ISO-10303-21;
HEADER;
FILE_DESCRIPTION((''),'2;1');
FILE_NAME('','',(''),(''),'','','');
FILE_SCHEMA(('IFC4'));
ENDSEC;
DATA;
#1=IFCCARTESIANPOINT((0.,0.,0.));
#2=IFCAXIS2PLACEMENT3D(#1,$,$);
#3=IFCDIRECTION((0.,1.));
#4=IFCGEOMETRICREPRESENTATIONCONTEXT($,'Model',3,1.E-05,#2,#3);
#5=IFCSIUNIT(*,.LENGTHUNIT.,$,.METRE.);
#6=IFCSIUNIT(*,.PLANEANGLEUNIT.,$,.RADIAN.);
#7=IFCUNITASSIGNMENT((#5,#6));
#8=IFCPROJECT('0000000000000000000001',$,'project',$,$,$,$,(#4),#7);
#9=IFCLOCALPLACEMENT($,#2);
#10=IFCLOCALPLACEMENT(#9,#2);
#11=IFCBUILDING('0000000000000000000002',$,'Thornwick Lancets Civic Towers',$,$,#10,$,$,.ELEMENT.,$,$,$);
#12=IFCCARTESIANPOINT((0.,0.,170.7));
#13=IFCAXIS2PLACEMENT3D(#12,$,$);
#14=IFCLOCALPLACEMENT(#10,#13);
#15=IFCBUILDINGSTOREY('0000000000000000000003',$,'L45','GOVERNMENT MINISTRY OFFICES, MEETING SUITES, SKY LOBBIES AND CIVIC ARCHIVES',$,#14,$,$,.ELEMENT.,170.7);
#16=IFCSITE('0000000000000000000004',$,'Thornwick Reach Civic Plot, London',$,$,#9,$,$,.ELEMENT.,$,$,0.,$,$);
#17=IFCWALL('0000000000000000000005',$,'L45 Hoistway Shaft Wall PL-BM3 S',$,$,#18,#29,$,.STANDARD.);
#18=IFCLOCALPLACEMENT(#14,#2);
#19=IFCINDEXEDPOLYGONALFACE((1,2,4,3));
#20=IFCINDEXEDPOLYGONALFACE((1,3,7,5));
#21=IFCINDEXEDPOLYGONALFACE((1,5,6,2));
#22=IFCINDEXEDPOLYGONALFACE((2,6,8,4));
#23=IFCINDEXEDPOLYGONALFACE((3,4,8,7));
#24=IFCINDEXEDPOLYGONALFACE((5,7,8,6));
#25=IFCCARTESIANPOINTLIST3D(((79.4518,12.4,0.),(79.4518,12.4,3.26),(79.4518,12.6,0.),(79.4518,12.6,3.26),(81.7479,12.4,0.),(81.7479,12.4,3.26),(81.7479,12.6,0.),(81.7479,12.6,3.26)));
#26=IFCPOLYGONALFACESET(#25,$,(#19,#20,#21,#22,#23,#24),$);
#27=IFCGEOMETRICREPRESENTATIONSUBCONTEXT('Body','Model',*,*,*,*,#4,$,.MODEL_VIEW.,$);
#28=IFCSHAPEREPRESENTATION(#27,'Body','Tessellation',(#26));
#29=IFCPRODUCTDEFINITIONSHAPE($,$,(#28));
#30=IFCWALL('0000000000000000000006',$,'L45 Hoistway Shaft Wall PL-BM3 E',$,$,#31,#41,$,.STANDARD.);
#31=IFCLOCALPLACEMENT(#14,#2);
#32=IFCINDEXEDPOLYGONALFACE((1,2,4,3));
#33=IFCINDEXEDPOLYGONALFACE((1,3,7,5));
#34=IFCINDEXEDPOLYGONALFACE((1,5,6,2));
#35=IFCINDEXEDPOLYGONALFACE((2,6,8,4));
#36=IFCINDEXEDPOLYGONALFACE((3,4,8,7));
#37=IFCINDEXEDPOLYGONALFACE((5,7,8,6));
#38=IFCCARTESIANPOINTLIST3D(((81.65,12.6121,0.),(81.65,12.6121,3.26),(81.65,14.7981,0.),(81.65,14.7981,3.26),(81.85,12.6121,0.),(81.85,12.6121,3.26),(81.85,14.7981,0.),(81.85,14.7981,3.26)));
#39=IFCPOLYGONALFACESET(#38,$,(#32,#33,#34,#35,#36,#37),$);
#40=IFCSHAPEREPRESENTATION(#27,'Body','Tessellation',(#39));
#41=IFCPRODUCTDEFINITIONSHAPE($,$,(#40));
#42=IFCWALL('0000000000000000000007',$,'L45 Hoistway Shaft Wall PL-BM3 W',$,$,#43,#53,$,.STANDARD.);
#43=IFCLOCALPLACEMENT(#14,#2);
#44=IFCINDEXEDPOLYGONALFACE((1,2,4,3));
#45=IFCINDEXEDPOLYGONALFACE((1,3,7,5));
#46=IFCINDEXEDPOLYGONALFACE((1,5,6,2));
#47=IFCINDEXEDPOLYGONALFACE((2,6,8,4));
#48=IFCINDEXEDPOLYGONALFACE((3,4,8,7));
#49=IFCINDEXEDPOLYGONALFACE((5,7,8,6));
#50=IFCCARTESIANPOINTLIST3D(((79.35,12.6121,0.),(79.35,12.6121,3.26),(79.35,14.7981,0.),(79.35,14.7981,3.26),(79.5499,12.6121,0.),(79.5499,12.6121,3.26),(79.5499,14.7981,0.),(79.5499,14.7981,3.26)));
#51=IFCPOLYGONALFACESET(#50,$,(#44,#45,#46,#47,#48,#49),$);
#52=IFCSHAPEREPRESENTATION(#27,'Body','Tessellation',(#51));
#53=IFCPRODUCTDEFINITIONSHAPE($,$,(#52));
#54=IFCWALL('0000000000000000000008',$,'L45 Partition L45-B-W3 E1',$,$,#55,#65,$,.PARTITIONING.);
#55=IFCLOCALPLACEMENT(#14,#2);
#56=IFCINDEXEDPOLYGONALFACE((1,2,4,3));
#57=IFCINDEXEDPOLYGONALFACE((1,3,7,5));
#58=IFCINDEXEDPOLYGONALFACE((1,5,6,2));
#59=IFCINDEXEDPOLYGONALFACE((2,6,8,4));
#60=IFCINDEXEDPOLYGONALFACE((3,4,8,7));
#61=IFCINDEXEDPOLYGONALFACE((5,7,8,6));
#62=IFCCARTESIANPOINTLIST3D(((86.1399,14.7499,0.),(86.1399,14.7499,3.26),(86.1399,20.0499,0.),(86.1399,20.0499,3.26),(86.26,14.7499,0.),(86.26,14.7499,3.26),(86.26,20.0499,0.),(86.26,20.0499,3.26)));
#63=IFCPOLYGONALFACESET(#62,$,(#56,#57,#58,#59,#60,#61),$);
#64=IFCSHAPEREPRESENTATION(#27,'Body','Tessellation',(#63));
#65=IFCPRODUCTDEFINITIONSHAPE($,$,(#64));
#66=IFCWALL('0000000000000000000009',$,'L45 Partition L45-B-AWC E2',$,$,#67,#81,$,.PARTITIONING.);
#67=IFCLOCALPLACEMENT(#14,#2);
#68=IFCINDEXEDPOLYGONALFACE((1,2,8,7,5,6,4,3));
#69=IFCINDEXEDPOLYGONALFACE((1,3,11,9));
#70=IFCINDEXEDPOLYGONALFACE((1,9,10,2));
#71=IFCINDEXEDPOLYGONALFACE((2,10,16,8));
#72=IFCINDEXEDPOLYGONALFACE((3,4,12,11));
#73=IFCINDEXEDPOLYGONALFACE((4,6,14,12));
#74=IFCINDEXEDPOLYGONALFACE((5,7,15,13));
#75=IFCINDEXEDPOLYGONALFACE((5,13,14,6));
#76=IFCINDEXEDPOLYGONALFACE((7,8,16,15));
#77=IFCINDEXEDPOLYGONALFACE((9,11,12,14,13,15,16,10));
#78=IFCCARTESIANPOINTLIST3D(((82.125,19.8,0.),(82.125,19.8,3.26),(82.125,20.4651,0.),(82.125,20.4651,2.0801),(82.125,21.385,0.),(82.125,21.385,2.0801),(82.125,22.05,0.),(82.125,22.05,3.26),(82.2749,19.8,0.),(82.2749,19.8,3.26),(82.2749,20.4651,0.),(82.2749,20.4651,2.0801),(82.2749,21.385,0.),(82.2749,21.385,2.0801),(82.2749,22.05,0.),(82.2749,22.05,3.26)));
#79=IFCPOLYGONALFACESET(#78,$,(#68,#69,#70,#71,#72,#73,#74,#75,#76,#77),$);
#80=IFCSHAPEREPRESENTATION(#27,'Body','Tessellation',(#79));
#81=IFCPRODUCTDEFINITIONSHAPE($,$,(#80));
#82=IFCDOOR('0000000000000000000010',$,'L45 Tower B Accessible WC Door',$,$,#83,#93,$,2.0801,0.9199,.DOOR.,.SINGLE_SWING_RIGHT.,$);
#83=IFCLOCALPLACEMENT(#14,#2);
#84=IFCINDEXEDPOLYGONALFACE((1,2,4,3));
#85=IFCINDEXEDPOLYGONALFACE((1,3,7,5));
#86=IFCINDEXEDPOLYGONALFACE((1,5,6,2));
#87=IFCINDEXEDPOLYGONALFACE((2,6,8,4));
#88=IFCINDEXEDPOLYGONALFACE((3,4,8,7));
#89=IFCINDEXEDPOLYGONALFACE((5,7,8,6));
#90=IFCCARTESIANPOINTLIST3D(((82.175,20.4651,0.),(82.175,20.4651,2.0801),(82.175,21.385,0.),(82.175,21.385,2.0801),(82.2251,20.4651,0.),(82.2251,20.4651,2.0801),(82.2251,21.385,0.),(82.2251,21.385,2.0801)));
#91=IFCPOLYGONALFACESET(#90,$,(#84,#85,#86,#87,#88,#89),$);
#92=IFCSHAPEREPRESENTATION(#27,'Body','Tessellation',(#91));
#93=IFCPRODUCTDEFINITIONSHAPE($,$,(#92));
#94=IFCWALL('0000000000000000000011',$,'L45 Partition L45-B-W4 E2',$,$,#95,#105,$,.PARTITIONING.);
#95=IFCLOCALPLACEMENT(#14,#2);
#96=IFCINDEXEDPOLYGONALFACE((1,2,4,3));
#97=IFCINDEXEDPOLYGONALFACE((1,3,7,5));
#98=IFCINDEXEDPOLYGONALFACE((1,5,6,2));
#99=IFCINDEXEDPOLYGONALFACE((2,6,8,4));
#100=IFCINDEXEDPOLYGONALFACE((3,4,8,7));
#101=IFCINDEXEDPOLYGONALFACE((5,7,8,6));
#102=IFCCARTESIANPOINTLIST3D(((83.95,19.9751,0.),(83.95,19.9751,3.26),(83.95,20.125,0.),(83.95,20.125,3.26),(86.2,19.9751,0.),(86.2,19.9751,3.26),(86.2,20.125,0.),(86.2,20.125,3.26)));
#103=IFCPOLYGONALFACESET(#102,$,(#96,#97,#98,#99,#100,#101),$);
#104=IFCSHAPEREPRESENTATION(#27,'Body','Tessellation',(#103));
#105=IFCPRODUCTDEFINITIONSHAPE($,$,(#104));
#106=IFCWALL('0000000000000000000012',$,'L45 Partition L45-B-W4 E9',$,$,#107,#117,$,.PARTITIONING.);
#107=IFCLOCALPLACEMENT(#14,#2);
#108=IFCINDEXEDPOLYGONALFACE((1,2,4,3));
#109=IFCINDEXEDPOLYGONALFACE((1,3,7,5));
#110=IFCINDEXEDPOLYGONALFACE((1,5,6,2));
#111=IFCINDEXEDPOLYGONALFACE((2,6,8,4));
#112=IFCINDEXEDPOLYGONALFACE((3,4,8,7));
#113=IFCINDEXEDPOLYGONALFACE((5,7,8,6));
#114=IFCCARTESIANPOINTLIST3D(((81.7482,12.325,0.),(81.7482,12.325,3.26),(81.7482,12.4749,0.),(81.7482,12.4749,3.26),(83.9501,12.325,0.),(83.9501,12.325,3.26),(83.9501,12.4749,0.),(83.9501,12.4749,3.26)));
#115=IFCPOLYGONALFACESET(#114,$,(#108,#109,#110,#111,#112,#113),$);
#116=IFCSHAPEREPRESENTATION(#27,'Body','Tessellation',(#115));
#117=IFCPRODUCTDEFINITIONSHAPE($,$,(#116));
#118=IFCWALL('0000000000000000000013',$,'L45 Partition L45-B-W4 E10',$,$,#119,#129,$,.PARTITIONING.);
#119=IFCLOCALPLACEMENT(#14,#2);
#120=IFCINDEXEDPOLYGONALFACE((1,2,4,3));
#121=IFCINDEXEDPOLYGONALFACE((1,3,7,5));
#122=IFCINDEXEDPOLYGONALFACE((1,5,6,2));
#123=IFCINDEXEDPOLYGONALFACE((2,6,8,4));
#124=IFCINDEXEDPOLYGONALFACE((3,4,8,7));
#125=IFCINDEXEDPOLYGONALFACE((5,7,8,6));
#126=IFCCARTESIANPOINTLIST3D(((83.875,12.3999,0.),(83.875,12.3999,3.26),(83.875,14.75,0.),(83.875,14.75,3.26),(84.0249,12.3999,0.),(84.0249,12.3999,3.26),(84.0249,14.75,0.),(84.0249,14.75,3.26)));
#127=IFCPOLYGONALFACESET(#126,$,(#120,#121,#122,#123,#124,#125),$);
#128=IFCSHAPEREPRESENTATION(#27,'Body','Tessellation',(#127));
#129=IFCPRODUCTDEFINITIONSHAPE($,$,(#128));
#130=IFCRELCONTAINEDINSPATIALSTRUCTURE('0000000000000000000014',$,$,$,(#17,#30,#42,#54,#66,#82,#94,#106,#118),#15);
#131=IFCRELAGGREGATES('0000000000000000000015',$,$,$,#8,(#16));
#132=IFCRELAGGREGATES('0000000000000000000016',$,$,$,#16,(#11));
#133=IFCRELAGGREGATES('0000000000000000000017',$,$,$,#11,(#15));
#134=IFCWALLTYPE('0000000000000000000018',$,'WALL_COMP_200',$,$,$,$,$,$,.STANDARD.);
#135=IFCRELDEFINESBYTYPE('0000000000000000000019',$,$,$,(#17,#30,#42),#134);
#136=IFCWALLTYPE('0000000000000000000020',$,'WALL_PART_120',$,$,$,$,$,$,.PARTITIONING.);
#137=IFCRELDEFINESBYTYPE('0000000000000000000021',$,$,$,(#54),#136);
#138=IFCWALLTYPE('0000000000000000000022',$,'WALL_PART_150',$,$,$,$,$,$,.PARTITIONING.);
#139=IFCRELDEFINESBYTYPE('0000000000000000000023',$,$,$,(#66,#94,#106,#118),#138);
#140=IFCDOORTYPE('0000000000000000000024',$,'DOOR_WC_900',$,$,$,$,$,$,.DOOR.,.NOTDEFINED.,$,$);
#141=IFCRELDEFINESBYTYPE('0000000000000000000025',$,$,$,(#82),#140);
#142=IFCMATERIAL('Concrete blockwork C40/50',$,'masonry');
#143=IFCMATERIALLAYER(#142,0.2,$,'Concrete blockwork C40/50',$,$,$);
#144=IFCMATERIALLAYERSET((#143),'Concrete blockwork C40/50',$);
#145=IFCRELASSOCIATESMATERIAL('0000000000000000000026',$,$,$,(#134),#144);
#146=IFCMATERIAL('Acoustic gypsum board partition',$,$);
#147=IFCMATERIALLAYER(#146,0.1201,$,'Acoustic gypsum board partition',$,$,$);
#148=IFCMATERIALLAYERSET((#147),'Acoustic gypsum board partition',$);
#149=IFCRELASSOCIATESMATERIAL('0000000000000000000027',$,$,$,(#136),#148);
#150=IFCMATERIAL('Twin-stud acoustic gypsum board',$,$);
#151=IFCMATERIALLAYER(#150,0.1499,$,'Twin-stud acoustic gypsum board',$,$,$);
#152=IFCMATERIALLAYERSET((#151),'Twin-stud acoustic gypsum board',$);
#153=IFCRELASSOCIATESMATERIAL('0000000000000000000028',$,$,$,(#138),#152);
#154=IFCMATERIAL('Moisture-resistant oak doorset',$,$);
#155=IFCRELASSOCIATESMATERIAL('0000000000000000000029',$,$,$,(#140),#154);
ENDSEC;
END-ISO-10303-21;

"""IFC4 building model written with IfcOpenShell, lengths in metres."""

from ifc_helpers import new_model, si_unit, direction, frame, frame_2d, origin, place, context, subcontext, project, spatial, rectangle, extrude, material, layer, layer_set, type_object, element, fill, save


model = new_model("IFC4")

# Units and contexts
model_context = context("Model", 3, precision=1e-05, world=origin(), true_north=direction((0.0, 1.0)))
body_context = subcontext(model_context, "Body", "Model", "MODEL_VIEW")
ifc_project = project(units=[si_unit("LENGTHUNIT", "METRE"), si_unit("PLANEANGLEUNIT", "RADIAN")], contexts=[model_context])

# Site, building, storey
site_placement = place(None, origin())
site = spatial("IfcSite", under=ifc_project, at=site_placement, Name="Thornwick Reach Civic Plot, London", CompositionType="ELEMENT", RefElevation=0.0)
building_placement = place(site_placement, origin())
building = spatial("IfcBuilding", under=site, at=building_placement, Name="Thornwick Lancets Civic Towers", CompositionType="ELEMENT")
storey_placement = place(building_placement, frame((0.0, 0.0, 170.7)))
storey = spatial("IfcBuildingStorey", under=building, at=storey_placement, Name="L45", Description="GOVERNMENT MINISTRY OFFICES, MEETING SUITES, SKY LOBBIES AND CIVIC ARCHIVES", CompositionType="ELEMENT", Elevation=170.7)

# Shared definitions
ifc_material_1 = material(Name="Concrete blockwork C40/50", Category="masonry")
ifc_layer_1 = layer(ifc_material_1, 0.2, Name="Concrete blockwork C40/50")
ifc_layer_set_1 = layer_set([ifc_layer_1], Name="Concrete blockwork C40/50")
wall_type_1 = type_object("IfcWallType", Name="WALL_COMP_200", PredefinedType="STANDARD", material=ifc_layer_set_1)

# Walls
wall_1_placement = place(storey_placement, frame((79.4519, 12.5, 0.0), z_axis=(0.0, 0.0, 1.0), x_axis=(1.0, 0.0, 0.0)))
element("IfcWall", 1, at=wall_1_placement, inside=storey, type_object=wall_type_1, Name="L45 Hoistway Shaft Wall PL-BM3 S", PredefinedType="STANDARD", context=body_context, shape_type="SweptSolid", body=[
    extrude(rectangle(XDim=2.2961, YDim=0.2, at=frame_2d((1.1479, 0.0))), origin(), (0.0, 0.0, 1.0), 3.26),
])
for number, where, z_axis, x_axis, name in (
    (2, (81.75, 12.6121, 0.0), (0.0, 0.0, 1.0), (0.0, 1.0, 0.0), "L45 Hoistway Shaft Wall PL-BM3 E"),
    (3, (79.45, 12.6121, 0.0), (0.0, 0.0, 1.0), (0.0, 1.0, 0.0), "L45 Hoistway Shaft Wall PL-BM3 W"),
):
    element("IfcWall", number, at=place(storey_placement, frame(where, z_axis=z_axis, x_axis=x_axis)), inside=storey, type_object=wall_type_1, Name=name, PredefinedType="STANDARD", context=body_context, shape_type="SweptSolid", body=[
        extrude(rectangle(XDim=2.186, YDim=0.2, at=frame_2d((1.093, 0.0))), origin(), (0.0, 0.0, 1.0), 3.26),
    ])
ifc_material_2 = material(Name="Acoustic gypsum board partition")
ifc_layer_2 = layer(ifc_material_2, 0.1201, Name="Acoustic gypsum board partition")
ifc_layer_set_2 = layer_set([ifc_layer_2], Name="Acoustic gypsum board partition")
wall_type_2 = type_object("IfcWallType", Name="WALL_PART_120", PredefinedType="PARTITIONING", material=ifc_layer_set_2)
wall_2_placement = place(storey_placement, frame((86.2, 14.75, 0.0), z_axis=(0.0, 0.0, 1.0), x_axis=(0.0, 1.0, 0.0)))
element("IfcWall", 4, at=wall_2_placement, inside=storey, type_object=wall_type_2, Name="L45 Partition L45-B-W3 E1", PredefinedType="PARTITIONING", context=body_context, shape_type="SweptSolid", body=[
    extrude(rectangle(XDim=5.3, YDim=0.1201, at=frame_2d((2.6499, 0.0))), origin(), (0.0, 0.0, 1.0), 3.26),
])

# Wall, opening, door
ifc_material_3 = material(Name="Twin-stud acoustic gypsum board")
ifc_layer_3 = layer(ifc_material_3, 0.1499, Name="Twin-stud acoustic gypsum board")
ifc_layer_set_3 = layer_set([ifc_layer_3], Name="Twin-stud acoustic gypsum board")
wall_type_3 = type_object("IfcWallType", Name="WALL_PART_150", PredefinedType="PARTITIONING", material=ifc_layer_set_3)
wall_3_placement = place(storey_placement, frame((82.2, 19.8, 0.0), z_axis=(0.0, 0.0, 1.0), x_axis=(0.0, 1.0, 0.0)))
wall_3 = element("IfcWall", 5, at=wall_3_placement, inside=storey, type_object=wall_type_3, Name="L45 Partition L45-B-AWC E2", PredefinedType="PARTITIONING", context=body_context, shape_type="SweptSolid", body=[
    extrude(rectangle(XDim=2.25, YDim=0.1499, at=frame_2d((1.125, 0.0))), origin(), (0.0, 0.0, 1.0), 3.26),
])
opening_1_placement = place(wall_3_placement, frame((0.665, 0.0, 0.0)))
opening_1 = element("IfcOpeningElement", 6, at=opening_1_placement, cuts=wall_3, PredefinedType="OPENING", context=body_context, shape_type="SweptSolid", body=[
    extrude(rectangle(XDim=0.9199, YDim=2.0801, at=frame_2d((0.46, 1.04))), frame((0.0, 0.085, 0.0), z_axis=(0.0, -1.0, 0.0), x_axis=(1.0, 0.0, 0.0)), (0.0, 0.0, 1.0), 0.1699),
])
ifc_material_4 = material(Name="Moisture-resistant oak doorset")
door_type_1 = type_object("IfcDoorType", Name="DOOR_WC_900", OperationType="NOTDEFINED", PredefinedType="DOOR", material=ifc_material_4)
door_1_placement = place(opening_1_placement, origin())
door_1 = element("IfcDoor", 7, at=door_1_placement, inside=storey, type_object=door_type_1, Name="L45 Tower B Accessible WC Door", OperationType="SINGLE_SWING_RIGHT", OverallHeight=2.0801, OverallWidth=0.9199, PredefinedType="DOOR", context=body_context, shape_type="SweptSolid", body=[
    extrude(rectangle(XDim=0.9199, YDim=2.0801, at=frame_2d((0.46, 1.04))), frame((0.0, 0.0249, 0.0), z_axis=(0.0, -1.0, 0.0), x_axis=(1.0, 0.0, 0.0)), (0.0, 0.0, 1.0), 0.05),
])
fill(opening_1, door_1)

# Walls
wall_4_placement = place(storey_placement, frame((83.95, 20.05, 0.0), z_axis=(0.0, 0.0, 1.0), x_axis=(1.0, 0.0, 0.0)))
element("IfcWall", 8, at=wall_4_placement, inside=storey, type_object=wall_type_3, Name="L45 Partition L45-B-W4 E2", PredefinedType="PARTITIONING", context=body_context, shape_type="SweptSolid", body=[
    extrude(rectangle(XDim=2.25, YDim=0.1499, at=frame_2d((1.125, 0.0))), origin(), (0.0, 0.0, 1.0), 3.26),
])
wall_5_placement = place(storey_placement, frame((81.748, 12.3999, 0.0), z_axis=(0.0, 0.0, 1.0), x_axis=(1.0, 0.0, 0.0)))
element("IfcWall", 9, at=wall_5_placement, inside=storey, type_object=wall_type_3, Name="L45 Partition L45-B-W4 E9", PredefinedType="PARTITIONING", context=body_context, shape_type="SweptSolid", body=[
    extrude(rectangle(XDim=2.2019, YDim=0.1499, at=frame_2d((1.1011, 0.0))), origin(), (0.0, 0.0, 1.0), 3.26),
])
wall_6_placement = place(storey_placement, frame((83.95, 12.3999, 0.0), z_axis=(0.0, 0.0, 1.0), x_axis=(0.0, 1.0, 0.0)))
element("IfcWall", 10, at=wall_6_placement, inside=storey, type_object=wall_type_3, Name="L45 Partition L45-B-W4 E10", PredefinedType="PARTITIONING", context=body_context, shape_type="SweptSolid", body=[
    extrude(rectangle(XDim=2.3501, YDim=0.1499, at=frame_2d((1.175, 0.0))), origin(), (0.0, 0.0, 1.0), 3.26),
])

save(model, "model.ifc")
